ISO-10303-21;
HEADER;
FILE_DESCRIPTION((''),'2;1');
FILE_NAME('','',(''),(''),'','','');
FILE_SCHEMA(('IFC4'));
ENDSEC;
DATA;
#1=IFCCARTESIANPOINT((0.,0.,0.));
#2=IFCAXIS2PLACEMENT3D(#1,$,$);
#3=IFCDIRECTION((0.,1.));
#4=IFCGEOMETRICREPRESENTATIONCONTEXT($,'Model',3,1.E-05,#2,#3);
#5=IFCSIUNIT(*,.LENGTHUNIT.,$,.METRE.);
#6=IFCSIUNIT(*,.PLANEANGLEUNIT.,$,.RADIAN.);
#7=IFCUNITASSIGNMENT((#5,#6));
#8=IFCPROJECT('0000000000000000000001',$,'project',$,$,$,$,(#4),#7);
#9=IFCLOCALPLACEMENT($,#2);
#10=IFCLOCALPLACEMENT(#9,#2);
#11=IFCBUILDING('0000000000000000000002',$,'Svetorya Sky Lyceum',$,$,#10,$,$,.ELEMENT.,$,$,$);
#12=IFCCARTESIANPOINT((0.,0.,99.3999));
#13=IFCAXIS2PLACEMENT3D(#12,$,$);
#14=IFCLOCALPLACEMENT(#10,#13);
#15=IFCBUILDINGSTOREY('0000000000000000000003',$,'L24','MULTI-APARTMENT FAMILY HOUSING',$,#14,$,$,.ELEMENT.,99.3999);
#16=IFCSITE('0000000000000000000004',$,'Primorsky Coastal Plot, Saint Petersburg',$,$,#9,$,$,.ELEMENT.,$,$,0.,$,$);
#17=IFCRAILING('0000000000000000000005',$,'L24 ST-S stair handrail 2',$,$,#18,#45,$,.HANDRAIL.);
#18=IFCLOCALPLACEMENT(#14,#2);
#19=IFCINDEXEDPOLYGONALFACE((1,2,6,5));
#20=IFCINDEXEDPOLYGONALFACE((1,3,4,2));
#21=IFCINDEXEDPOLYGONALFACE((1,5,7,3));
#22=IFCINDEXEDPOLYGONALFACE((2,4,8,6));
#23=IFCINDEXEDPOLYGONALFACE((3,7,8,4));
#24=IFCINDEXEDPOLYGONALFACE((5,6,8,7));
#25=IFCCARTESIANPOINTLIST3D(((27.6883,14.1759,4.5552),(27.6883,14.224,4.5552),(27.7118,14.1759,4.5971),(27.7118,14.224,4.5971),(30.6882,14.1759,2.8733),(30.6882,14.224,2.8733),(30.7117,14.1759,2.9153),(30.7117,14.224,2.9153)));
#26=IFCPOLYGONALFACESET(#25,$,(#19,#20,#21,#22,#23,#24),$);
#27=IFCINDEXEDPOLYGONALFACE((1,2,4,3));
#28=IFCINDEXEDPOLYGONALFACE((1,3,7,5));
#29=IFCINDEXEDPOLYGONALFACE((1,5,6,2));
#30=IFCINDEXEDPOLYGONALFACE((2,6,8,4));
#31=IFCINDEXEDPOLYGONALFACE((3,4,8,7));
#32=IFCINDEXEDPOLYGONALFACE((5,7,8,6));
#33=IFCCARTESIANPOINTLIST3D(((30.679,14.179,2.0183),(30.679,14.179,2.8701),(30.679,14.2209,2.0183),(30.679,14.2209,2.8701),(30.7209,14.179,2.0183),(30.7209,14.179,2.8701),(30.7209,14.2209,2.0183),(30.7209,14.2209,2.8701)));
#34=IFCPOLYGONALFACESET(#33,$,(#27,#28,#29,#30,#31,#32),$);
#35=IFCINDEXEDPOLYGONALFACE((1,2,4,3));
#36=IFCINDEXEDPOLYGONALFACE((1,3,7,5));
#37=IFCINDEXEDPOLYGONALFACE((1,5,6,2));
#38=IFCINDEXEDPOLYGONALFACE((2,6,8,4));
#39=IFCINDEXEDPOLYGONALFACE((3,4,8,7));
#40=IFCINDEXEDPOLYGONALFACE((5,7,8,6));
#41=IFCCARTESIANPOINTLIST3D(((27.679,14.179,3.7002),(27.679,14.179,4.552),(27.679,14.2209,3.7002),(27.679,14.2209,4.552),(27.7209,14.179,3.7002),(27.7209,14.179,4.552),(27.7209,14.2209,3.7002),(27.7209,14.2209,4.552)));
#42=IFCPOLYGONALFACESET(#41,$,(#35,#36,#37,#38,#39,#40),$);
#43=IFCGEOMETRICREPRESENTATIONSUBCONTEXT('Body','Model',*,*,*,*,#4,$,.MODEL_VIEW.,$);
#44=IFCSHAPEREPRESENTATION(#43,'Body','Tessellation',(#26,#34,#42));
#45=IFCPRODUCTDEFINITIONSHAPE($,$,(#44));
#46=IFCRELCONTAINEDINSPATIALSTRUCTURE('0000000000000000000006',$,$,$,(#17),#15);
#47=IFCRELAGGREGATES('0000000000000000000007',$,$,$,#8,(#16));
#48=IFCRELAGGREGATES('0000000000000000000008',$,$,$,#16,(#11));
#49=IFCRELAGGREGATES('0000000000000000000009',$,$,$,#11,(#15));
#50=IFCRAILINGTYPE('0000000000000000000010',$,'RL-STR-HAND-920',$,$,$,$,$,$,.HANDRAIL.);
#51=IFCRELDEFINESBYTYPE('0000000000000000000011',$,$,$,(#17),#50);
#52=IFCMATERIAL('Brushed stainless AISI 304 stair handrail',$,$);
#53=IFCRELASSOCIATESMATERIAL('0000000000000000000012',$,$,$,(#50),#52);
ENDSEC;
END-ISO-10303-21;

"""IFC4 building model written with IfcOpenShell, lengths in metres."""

from ifc_helpers import new_model, si_unit, direction, frame, origin, origin_2d, place, context, subcontext, project, spatial, rectangle, extrude, material, type_object, element, save


model = new_model("IFC4")

# Units and contexts
model_context = context("Model", 3, precision=1e-05, world=origin(), true_north=direction((0.0, 1.0)))
body_context = subcontext(model_context, "Body", "Model", "MODEL_VIEW")
ifc_project = project(units=[si_unit("LENGTHUNIT", "METRE"), si_unit("PLANEANGLEUNIT", "RADIAN")], contexts=[model_context])

# Site, building, storey
site_placement = place(None, origin())
site = spatial("IfcSite", under=ifc_project, at=site_placement, Name="Primorsky Coastal Plot, Saint Petersburg", CompositionType="ELEMENT", RefElevation=0.0)
building_placement = place(site_placement, origin())
building = spatial("IfcBuilding", under=site, at=building_placement, Name="Svetorya Sky Lyceum", CompositionType="ELEMENT")
storey_placement = place(building_placement, frame((0.0, 0.0, 99.3999)))
storey = spatial("IfcBuildingStorey", under=building, at=storey_placement, Name="L24", Description="MULTI-APARTMENT FAMILY HOUSING", CompositionType="ELEMENT", Elevation=99.3999)

# Railing
ifc_material_1 = material(Name="Brushed stainless AISI 304 stair handrail")
railing_type_1 = type_object("IfcRailingType", Name="RL-STR-HAND-920", PredefinedType="HANDRAIL", material=ifc_material_1)
railing_1_placement = place(storey_placement, frame((30.7, 14.2, 2.0183)))
element("IfcRailing", 1, at=railing_1_placement, inside=storey, type_object=railing_type_1, Name="L24 ST-S stair handrail 2", PredefinedType="HANDRAIL", context=body_context, shape_type="SweptSolid", body=[
    extrude(rectangle(XDim=0.0481, YDim=0.0481, at=origin_2d()), frame((0.0, 0.0, 0.876), z_axis=(-0.872272, 0.0, 0.48902), x_axis=(0.0, -1.0, 0.0)), (0.0, 0.0, 1.0), 3.4392),
    extrude(rectangle(XDim=0.042, YDim=0.042, at=origin_2d()), origin(), (0.0, 0.0, 1.0), 0.8518),
    extrude(rectangle(XDim=0.042, YDim=0.042, at=origin_2d()), frame((-3.0, 0.0, 1.6819)), (0.0, 0.0, 1.0), 0.8518),
])

save(model, "model.ifc")
